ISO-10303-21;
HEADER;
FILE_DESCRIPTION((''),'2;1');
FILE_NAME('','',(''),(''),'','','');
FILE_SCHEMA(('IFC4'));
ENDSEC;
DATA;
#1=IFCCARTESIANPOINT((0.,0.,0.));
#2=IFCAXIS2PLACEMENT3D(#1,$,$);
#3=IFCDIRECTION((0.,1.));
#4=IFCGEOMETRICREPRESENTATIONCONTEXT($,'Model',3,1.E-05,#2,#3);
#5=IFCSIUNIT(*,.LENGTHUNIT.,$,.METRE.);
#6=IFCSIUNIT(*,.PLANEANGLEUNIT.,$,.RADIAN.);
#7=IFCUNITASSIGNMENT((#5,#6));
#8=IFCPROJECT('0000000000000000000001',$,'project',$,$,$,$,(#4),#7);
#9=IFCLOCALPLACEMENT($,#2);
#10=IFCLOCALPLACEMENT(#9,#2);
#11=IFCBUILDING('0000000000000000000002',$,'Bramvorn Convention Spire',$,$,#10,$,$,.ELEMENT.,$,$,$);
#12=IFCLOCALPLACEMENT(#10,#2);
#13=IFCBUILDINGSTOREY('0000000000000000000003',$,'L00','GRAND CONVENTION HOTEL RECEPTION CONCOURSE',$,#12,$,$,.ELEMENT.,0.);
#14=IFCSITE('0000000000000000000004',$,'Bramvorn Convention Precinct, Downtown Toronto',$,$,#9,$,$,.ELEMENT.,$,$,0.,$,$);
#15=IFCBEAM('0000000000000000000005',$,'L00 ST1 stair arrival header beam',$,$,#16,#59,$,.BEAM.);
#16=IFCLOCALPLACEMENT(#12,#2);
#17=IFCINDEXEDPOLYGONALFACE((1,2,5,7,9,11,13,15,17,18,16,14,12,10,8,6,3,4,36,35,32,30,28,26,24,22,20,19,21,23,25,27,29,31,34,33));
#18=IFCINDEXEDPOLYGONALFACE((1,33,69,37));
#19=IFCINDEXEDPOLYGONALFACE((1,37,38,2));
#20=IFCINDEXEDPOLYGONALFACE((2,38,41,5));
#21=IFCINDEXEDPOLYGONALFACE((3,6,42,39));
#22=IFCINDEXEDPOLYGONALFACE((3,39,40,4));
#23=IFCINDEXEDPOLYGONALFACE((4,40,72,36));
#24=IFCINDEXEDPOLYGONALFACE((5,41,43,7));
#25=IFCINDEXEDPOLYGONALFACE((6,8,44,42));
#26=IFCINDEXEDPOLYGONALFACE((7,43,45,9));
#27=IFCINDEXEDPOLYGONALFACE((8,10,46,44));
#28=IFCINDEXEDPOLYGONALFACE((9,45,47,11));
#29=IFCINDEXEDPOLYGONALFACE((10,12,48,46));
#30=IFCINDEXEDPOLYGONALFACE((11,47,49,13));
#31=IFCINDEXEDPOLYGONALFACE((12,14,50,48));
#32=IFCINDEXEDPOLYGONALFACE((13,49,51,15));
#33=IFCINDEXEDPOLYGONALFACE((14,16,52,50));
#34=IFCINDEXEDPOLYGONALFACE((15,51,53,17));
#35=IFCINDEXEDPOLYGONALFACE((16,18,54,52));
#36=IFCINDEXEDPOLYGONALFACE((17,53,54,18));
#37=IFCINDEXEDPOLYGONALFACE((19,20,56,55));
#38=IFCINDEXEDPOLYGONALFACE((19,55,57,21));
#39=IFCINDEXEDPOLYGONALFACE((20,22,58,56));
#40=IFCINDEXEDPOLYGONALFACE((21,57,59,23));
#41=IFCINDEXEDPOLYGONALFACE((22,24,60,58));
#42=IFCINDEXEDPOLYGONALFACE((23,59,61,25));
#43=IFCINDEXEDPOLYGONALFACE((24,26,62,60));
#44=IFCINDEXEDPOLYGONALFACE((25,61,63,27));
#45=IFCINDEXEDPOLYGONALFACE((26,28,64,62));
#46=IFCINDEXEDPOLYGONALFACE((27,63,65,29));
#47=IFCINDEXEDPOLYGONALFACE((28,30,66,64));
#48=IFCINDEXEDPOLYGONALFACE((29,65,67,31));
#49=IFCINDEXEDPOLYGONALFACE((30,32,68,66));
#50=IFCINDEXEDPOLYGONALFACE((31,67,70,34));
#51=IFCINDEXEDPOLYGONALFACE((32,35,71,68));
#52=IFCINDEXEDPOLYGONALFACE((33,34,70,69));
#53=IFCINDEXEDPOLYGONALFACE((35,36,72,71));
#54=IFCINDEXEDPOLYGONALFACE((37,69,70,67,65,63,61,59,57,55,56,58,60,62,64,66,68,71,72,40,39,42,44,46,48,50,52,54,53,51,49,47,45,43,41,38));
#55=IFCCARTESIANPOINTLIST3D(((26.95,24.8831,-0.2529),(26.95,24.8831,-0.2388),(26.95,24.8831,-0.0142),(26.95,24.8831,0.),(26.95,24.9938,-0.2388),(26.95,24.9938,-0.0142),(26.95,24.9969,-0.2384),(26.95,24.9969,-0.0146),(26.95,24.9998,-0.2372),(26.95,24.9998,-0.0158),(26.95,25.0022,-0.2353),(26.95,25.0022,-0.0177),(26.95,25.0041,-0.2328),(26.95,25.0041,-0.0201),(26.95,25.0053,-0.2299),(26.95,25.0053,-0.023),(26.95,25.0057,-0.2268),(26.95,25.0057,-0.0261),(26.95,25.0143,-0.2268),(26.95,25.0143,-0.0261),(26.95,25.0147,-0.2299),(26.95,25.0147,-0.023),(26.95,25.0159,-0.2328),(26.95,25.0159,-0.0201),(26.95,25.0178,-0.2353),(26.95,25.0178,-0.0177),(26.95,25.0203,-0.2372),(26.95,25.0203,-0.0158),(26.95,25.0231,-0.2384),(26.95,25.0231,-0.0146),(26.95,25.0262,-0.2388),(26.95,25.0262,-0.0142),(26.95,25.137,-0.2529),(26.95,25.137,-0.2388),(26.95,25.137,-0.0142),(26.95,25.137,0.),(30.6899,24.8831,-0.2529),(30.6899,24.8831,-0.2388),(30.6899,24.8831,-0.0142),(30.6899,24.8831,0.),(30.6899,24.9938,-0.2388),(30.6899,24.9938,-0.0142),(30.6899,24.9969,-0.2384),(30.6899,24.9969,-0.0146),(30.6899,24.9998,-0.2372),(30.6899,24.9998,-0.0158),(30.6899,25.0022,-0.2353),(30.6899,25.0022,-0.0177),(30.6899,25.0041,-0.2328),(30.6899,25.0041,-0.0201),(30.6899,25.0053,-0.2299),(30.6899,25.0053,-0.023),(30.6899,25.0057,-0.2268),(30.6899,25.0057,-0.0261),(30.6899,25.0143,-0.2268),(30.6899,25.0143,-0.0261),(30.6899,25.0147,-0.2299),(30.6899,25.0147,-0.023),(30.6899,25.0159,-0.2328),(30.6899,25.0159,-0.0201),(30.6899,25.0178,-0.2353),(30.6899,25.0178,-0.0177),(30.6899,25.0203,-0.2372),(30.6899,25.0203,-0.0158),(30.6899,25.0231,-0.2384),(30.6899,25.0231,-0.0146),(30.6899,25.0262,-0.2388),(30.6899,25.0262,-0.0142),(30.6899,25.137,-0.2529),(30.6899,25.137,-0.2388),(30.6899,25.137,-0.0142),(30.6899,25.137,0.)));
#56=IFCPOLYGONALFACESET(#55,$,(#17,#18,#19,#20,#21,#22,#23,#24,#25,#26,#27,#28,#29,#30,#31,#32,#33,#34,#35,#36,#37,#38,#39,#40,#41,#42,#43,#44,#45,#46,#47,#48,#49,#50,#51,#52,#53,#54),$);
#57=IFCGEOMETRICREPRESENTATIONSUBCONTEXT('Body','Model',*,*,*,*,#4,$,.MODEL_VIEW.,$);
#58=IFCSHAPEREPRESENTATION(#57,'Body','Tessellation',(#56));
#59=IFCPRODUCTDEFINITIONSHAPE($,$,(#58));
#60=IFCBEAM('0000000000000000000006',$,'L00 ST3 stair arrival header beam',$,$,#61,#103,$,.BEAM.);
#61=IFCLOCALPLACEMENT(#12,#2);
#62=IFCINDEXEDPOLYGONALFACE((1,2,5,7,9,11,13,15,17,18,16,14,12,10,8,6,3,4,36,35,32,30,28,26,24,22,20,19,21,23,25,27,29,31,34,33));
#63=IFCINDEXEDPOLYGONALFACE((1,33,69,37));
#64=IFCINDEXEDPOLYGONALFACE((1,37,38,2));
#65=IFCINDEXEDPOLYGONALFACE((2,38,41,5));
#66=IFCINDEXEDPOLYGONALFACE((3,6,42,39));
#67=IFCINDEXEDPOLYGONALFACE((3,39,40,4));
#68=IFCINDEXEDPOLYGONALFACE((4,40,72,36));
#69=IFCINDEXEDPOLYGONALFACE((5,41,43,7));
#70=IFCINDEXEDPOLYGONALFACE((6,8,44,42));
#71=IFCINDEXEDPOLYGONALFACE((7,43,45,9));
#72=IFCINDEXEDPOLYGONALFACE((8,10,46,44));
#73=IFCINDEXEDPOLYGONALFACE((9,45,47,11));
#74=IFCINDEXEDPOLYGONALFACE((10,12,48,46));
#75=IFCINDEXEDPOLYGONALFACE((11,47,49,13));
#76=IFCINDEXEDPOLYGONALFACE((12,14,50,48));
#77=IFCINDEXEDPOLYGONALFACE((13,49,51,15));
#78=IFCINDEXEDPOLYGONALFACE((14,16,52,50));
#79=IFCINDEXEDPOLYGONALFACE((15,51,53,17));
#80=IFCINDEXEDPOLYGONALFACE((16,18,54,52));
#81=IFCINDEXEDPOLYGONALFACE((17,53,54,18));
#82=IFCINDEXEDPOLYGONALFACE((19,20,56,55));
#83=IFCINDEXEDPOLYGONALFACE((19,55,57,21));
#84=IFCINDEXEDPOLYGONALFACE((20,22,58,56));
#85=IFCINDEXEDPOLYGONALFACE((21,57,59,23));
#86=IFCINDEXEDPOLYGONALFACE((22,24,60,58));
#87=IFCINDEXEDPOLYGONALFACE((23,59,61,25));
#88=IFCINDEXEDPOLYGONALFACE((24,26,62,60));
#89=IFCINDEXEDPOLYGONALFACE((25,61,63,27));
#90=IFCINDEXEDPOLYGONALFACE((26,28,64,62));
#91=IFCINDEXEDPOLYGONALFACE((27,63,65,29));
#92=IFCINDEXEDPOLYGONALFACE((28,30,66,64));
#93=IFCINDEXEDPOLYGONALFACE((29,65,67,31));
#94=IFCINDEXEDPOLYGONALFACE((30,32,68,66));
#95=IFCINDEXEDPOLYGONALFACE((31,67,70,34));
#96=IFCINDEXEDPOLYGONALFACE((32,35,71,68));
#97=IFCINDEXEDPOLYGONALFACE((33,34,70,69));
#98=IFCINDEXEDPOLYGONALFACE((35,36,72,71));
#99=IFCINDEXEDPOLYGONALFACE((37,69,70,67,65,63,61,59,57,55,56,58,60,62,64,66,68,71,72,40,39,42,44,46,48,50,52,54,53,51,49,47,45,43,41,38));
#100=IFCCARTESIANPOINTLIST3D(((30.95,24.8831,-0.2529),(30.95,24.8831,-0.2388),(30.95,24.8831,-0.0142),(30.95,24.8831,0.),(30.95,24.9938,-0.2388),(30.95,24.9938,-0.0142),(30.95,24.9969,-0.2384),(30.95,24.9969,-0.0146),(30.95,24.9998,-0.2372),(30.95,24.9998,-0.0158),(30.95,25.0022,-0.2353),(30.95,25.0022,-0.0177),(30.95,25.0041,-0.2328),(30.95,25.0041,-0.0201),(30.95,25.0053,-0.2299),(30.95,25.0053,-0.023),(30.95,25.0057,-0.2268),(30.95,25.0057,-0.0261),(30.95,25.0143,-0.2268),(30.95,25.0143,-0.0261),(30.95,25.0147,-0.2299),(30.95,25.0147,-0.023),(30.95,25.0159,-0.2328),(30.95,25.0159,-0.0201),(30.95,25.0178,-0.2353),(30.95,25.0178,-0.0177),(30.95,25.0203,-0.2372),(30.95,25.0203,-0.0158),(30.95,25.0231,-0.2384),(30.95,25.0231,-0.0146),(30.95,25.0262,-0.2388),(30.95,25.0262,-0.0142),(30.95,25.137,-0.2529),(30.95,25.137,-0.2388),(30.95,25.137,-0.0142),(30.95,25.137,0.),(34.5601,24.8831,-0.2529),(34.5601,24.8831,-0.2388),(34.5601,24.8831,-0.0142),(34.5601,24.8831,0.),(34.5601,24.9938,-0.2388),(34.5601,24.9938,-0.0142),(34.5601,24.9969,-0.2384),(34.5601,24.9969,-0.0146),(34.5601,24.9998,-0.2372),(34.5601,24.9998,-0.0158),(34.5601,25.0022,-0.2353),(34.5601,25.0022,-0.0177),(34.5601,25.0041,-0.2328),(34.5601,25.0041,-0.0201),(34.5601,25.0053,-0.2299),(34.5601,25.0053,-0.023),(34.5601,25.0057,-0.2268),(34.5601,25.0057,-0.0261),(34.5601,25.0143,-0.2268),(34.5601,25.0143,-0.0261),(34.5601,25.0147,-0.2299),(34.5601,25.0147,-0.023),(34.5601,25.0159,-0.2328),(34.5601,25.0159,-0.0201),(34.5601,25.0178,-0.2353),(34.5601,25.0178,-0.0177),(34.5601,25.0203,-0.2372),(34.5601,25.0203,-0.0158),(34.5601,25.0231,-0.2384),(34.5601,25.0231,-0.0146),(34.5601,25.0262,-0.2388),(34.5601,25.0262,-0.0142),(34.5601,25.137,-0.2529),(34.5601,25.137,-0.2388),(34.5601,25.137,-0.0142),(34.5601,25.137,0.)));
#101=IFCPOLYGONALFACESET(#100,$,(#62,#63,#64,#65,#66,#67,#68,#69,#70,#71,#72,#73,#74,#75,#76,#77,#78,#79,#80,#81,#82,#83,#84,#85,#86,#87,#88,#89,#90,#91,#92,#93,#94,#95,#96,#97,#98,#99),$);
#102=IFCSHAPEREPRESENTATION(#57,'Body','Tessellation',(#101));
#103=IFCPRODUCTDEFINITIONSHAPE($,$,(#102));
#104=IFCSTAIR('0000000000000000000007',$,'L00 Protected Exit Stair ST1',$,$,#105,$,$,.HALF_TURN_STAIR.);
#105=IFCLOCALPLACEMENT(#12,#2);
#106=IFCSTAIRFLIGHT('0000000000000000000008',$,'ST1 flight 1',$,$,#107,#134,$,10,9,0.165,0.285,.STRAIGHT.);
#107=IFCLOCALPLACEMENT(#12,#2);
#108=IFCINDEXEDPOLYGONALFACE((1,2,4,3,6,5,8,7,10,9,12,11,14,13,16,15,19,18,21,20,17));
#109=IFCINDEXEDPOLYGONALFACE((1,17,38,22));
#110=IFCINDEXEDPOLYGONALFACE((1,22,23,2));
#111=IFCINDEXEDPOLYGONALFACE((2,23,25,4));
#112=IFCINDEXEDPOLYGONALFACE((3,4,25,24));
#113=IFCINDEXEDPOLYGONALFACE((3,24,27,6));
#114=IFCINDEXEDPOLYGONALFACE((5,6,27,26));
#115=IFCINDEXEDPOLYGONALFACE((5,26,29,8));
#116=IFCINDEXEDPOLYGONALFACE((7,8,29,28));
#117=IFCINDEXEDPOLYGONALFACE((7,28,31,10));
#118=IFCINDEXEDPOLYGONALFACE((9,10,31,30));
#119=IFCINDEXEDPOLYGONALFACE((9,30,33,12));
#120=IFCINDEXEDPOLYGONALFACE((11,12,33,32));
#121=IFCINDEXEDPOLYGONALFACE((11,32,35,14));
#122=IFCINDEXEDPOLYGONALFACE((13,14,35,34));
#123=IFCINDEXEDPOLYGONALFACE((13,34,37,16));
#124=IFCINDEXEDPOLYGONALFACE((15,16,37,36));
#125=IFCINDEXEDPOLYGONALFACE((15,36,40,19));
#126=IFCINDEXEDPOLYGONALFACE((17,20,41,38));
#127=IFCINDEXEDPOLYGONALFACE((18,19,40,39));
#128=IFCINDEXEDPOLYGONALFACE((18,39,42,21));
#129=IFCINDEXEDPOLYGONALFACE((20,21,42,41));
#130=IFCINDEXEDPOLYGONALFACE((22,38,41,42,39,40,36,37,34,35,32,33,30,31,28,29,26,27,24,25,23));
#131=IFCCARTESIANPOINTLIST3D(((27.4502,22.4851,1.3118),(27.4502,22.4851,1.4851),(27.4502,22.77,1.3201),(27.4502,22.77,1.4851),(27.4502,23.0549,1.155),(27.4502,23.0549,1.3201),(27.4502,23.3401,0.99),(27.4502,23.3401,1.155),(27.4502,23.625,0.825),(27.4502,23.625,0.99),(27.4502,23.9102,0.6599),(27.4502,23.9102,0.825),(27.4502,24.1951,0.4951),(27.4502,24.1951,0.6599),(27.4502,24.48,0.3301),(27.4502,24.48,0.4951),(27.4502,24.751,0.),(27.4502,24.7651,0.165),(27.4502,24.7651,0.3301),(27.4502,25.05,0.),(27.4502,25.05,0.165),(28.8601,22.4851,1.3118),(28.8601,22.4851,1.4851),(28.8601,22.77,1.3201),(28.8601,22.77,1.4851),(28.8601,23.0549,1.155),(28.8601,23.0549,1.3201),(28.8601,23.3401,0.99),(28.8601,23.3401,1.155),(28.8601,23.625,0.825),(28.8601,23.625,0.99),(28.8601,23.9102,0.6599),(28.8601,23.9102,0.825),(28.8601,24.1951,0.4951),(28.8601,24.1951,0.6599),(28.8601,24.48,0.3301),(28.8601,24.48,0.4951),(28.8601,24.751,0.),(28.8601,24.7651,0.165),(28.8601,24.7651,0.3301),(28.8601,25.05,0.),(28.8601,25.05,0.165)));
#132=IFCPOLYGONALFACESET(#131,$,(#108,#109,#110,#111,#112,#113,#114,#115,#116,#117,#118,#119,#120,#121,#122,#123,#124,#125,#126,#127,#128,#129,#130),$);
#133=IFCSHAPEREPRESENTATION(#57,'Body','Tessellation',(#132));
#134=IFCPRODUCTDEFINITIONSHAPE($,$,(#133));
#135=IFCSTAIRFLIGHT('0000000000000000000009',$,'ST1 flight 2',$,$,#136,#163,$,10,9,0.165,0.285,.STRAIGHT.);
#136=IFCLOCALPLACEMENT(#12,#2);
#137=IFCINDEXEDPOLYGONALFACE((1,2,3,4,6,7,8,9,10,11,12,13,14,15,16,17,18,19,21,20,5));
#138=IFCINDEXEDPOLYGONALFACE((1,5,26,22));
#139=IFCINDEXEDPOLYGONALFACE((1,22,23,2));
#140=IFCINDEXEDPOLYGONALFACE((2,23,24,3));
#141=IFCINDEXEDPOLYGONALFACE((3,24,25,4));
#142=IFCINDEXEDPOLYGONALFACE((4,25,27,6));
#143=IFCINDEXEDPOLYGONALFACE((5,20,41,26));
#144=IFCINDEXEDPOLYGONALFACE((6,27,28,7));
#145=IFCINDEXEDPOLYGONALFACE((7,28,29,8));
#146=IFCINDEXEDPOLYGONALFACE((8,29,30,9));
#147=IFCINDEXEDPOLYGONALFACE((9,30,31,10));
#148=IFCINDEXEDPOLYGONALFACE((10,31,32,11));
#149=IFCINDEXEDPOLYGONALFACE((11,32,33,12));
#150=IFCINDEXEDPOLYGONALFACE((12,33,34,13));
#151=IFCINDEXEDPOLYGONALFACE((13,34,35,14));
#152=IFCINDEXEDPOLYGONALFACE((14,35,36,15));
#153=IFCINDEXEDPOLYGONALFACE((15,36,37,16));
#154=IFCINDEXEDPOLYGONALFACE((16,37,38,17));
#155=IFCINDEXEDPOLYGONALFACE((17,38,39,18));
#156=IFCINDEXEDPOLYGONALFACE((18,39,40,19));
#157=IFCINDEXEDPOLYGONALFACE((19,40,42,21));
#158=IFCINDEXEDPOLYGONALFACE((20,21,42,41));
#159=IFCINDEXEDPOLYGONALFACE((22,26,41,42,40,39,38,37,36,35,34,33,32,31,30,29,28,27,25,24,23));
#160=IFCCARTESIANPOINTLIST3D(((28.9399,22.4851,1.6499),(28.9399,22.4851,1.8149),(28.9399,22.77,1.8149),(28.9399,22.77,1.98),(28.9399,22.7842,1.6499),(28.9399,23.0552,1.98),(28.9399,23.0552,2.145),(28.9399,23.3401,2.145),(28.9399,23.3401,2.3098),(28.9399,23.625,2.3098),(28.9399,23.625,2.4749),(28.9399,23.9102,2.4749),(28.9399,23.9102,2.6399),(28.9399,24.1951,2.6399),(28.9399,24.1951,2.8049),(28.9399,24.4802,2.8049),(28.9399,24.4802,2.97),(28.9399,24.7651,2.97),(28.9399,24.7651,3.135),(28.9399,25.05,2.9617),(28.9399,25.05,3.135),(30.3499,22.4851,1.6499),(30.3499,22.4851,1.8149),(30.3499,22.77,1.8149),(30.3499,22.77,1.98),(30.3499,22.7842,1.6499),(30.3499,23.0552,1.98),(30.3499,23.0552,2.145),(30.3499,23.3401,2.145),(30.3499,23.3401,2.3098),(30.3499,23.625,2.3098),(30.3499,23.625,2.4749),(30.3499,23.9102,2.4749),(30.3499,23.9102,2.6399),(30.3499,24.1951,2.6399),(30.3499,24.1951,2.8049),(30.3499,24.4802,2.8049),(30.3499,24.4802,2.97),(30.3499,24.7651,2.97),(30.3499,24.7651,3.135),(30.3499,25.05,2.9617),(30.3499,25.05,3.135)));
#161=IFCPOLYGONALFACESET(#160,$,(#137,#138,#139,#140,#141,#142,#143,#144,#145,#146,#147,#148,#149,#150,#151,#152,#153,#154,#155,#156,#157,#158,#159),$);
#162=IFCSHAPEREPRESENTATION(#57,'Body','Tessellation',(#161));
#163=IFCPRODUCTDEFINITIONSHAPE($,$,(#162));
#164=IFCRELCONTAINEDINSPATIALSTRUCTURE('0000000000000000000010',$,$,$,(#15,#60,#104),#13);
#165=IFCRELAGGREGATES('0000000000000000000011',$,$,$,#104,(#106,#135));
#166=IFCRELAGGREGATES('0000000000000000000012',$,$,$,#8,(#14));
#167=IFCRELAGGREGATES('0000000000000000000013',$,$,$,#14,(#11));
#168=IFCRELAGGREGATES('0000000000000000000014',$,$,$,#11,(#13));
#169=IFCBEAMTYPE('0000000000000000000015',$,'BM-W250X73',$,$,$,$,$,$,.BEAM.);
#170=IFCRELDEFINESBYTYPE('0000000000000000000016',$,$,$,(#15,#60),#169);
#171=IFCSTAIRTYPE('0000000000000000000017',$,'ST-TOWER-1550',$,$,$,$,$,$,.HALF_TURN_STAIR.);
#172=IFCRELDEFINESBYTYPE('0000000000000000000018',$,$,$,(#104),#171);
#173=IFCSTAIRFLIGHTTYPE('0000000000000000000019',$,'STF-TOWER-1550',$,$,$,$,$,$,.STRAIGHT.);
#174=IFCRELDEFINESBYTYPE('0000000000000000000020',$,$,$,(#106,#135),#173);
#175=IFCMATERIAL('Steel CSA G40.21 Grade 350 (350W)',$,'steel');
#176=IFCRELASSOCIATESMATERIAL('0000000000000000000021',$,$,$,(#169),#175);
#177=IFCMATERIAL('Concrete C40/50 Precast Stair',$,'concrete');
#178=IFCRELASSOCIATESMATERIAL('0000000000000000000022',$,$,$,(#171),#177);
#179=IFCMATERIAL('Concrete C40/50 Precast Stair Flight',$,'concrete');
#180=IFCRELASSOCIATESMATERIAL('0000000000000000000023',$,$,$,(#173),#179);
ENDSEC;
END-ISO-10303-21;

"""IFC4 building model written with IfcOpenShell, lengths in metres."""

from ifc_helpers import new_model, si_unit, direction, frame, origin, origin_2d, place, context, subcontext, project, spatial, polyline, i_section, outline, extrude, material, material_profile, profile_set, type_object, element, aggregate, save


model = new_model("IFC4")

# Units and contexts
model_context = context("Model", 3, precision=1e-05, world=origin(), true_north=direction((0.0, 1.0)))
body_context = subcontext(model_context, "Body", "Model", "MODEL_VIEW")
ifc_project = project(units=[si_unit("LENGTHUNIT", "METRE"), si_unit("PLANEANGLEUNIT", "RADIAN")], contexts=[model_context])

# Site, building, storey
site_placement = place(None, origin())
site = spatial("IfcSite", under=ifc_project, at=site_placement, Name="Bramvorn Convention Precinct, Downtown Toronto", CompositionType="ELEMENT", RefElevation=0.0)
building_placement = place(site_placement, origin())
building = spatial("IfcBuilding", under=site, at=building_placement, Name="Bramvorn Convention Spire", CompositionType="ELEMENT")
storey_placement = place(building_placement, origin())
storey = spatial("IfcBuildingStorey", under=building, at=storey_placement, Name="L00", Description="GRAND CONVENTION HOTEL RECEPTION CONCOURSE", CompositionType="ELEMENT", Elevation=0.0)

# Beams
ifc_material_1 = material(Name="Steel CSA G40.21 Grade 350 (350W)", Category="steel")
ifc_material_profile = material_profile(ifc_material_1, i_section(OverallWidth=0.2539, OverallDepth=0.2529, WebThickness=0.0085, FlangeThickness=0.0142, FilletRadius=0.012, at=origin_2d()))
ifc_profile_set = profile_set([ifc_material_profile], Name="Steel CSA G40.21 Grade 350 (350W) - W250X73")
beam_type = type_object("IfcBeamType", Name="BM-W250X73", PredefinedType="BEAM", material=ifc_profile_set)
beam_1_placement = place(storey_placement, frame((26.95, 25.01, -0.1265), z_axis=(1.0, 0.0, 0.0), x_axis=(0.0, 1.0, 0.0)))
element("IfcBeam", 1, at=beam_1_placement, inside=storey, type_object=beam_type, Name="L00 ST1 stair arrival header beam", PredefinedType="BEAM", context=body_context, shape_type="SweptSolid", body=[
    extrude(i_section(OverallWidth=0.2539, OverallDepth=0.2529, WebThickness=0.0085, FlangeThickness=0.0142, FilletRadius=0.012, at=origin_2d()), origin(), (0.0, 0.0, 1.0), 3.74),
])
beam_2_placement = place(storey_placement, frame((30.95, 25.01, -0.1265), z_axis=(1.0, 0.0, 0.0), x_axis=(0.0, 1.0, 0.0)))
element("IfcBeam", 2, at=beam_2_placement, inside=storey, type_object=beam_type, Name="L00 ST3 stair arrival header beam", PredefinedType="BEAM", context=body_context, shape_type="SweptSolid", body=[
    extrude(i_section(OverallWidth=0.2539, OverallDepth=0.2529, WebThickness=0.0085, FlangeThickness=0.0142, FilletRadius=0.012, at=origin_2d()), origin(), (0.0, 0.0, 1.0), 3.6101),
])

# Stair, stair flights
ifc_material_2 = material(Name="Concrete C40/50 Precast Stair", Category="concrete")
stair_type = type_object("IfcStairType", Name="ST-TOWER-1550", PredefinedType="HALF_TURN_STAIR", material=ifc_material_2)
stair_placement = place(storey_placement, origin())
stair = element("IfcStair", 3, at=stair_placement, inside=storey, type_object=stair_type, Name="L00 Protected Exit Stair ST1", PredefinedType="HALF_TURN_STAIR")
ifc_material_3 = material(Name="Concrete C40/50 Precast Stair Flight", Category="concrete")
stair_flight_type = type_object("IfcStairFlightType", Name="STF-TOWER-1550", PredefinedType="STRAIGHT", material=ifc_material_3)
stair_flight_1_placement = place(storey_placement, frame((28.155, 25.05, 0.0), z_axis=(0.0, 0.0, 1.0), x_axis=(0.0, -1.0, 0.0)))
stair_flight_1 = element("IfcStairFlight", 4, at=stair_flight_1_placement, type_object=stair_flight_type, Name="ST1 flight 1", NumberOfRisers=10, NumberOfTreads=9, PredefinedType="STRAIGHT", RiserHeight=0.165, TreadLength=0.285, context=body_context, shape_type="SweptSolid", body=[
    extrude(outline(polyline([(0.0, 0.0), (0.0, 0.165), (0.2849, 0.165), (0.2849, 0.3301), (0.5701, 0.3301), (0.5701, 0.4951), (0.855, 0.4951), (0.855, 0.6599), (1.1399, 0.6599), (1.1399, 0.825), (1.425, 0.825), (1.425, 0.99), (1.71, 0.99), (1.71, 1.155), (1.9951, 1.155), (1.9951, 1.3201), (2.28, 1.3201), (2.28, 1.4851), (2.5649, 1.4851), (2.5649, 1.6499), (2.5649, 1.3118), (0.2991, 0.0), (0.0, 0.0)])), frame((0.0, 0.7051, 0.0), z_axis=(0.0, -1.0, 0.0), x_axis=(1.0, 0.0, 0.0)), (0.0, 0.0, 1.0), 1.4099),
])
stair_flight_2_placement = place(storey_placement, frame((29.645, 22.4851, 1.6499), z_axis=(0.0, 0.0, 1.0), x_axis=(0.0, 1.0, 0.0)))
stair_flight_2 = element("IfcStairFlight", 5, at=stair_flight_2_placement, type_object=stair_flight_type, Name="ST1 flight 2", NumberOfRisers=10, NumberOfTreads=9, PredefinedType="STRAIGHT", RiserHeight=0.165, TreadLength=0.285, context=body_context, shape_type="SweptSolid", body=[
    extrude(outline(polyline([(0.0, 0.0), (0.0, 0.165), (0.2849, 0.165), (0.2849, 0.3301), (0.5701, 0.3301), (0.5701, 0.4951), (0.855, 0.4951), (0.855, 0.6599), (1.1399, 0.6599), (1.1399, 0.825), (1.425, 0.825), (1.425, 0.99), (1.71, 0.99), (1.71, 1.155), (1.9951, 1.155), (1.9951, 1.3201), (2.28, 1.3201), (2.28, 1.4851), (2.5649, 1.4851), (2.5649, 1.6499), (2.5649, 1.3118), (0.2991, 0.0), (0.0, 0.0)])), frame((0.0, 0.7051, 0.0), z_axis=(0.0, -1.0, 0.0), x_axis=(1.0, 0.0, 0.0)), (0.0, 0.0, 1.0), 1.4099),
])
aggregate(stair, [stair_flight_1, stair_flight_2])

save(model, "model.ifc")
